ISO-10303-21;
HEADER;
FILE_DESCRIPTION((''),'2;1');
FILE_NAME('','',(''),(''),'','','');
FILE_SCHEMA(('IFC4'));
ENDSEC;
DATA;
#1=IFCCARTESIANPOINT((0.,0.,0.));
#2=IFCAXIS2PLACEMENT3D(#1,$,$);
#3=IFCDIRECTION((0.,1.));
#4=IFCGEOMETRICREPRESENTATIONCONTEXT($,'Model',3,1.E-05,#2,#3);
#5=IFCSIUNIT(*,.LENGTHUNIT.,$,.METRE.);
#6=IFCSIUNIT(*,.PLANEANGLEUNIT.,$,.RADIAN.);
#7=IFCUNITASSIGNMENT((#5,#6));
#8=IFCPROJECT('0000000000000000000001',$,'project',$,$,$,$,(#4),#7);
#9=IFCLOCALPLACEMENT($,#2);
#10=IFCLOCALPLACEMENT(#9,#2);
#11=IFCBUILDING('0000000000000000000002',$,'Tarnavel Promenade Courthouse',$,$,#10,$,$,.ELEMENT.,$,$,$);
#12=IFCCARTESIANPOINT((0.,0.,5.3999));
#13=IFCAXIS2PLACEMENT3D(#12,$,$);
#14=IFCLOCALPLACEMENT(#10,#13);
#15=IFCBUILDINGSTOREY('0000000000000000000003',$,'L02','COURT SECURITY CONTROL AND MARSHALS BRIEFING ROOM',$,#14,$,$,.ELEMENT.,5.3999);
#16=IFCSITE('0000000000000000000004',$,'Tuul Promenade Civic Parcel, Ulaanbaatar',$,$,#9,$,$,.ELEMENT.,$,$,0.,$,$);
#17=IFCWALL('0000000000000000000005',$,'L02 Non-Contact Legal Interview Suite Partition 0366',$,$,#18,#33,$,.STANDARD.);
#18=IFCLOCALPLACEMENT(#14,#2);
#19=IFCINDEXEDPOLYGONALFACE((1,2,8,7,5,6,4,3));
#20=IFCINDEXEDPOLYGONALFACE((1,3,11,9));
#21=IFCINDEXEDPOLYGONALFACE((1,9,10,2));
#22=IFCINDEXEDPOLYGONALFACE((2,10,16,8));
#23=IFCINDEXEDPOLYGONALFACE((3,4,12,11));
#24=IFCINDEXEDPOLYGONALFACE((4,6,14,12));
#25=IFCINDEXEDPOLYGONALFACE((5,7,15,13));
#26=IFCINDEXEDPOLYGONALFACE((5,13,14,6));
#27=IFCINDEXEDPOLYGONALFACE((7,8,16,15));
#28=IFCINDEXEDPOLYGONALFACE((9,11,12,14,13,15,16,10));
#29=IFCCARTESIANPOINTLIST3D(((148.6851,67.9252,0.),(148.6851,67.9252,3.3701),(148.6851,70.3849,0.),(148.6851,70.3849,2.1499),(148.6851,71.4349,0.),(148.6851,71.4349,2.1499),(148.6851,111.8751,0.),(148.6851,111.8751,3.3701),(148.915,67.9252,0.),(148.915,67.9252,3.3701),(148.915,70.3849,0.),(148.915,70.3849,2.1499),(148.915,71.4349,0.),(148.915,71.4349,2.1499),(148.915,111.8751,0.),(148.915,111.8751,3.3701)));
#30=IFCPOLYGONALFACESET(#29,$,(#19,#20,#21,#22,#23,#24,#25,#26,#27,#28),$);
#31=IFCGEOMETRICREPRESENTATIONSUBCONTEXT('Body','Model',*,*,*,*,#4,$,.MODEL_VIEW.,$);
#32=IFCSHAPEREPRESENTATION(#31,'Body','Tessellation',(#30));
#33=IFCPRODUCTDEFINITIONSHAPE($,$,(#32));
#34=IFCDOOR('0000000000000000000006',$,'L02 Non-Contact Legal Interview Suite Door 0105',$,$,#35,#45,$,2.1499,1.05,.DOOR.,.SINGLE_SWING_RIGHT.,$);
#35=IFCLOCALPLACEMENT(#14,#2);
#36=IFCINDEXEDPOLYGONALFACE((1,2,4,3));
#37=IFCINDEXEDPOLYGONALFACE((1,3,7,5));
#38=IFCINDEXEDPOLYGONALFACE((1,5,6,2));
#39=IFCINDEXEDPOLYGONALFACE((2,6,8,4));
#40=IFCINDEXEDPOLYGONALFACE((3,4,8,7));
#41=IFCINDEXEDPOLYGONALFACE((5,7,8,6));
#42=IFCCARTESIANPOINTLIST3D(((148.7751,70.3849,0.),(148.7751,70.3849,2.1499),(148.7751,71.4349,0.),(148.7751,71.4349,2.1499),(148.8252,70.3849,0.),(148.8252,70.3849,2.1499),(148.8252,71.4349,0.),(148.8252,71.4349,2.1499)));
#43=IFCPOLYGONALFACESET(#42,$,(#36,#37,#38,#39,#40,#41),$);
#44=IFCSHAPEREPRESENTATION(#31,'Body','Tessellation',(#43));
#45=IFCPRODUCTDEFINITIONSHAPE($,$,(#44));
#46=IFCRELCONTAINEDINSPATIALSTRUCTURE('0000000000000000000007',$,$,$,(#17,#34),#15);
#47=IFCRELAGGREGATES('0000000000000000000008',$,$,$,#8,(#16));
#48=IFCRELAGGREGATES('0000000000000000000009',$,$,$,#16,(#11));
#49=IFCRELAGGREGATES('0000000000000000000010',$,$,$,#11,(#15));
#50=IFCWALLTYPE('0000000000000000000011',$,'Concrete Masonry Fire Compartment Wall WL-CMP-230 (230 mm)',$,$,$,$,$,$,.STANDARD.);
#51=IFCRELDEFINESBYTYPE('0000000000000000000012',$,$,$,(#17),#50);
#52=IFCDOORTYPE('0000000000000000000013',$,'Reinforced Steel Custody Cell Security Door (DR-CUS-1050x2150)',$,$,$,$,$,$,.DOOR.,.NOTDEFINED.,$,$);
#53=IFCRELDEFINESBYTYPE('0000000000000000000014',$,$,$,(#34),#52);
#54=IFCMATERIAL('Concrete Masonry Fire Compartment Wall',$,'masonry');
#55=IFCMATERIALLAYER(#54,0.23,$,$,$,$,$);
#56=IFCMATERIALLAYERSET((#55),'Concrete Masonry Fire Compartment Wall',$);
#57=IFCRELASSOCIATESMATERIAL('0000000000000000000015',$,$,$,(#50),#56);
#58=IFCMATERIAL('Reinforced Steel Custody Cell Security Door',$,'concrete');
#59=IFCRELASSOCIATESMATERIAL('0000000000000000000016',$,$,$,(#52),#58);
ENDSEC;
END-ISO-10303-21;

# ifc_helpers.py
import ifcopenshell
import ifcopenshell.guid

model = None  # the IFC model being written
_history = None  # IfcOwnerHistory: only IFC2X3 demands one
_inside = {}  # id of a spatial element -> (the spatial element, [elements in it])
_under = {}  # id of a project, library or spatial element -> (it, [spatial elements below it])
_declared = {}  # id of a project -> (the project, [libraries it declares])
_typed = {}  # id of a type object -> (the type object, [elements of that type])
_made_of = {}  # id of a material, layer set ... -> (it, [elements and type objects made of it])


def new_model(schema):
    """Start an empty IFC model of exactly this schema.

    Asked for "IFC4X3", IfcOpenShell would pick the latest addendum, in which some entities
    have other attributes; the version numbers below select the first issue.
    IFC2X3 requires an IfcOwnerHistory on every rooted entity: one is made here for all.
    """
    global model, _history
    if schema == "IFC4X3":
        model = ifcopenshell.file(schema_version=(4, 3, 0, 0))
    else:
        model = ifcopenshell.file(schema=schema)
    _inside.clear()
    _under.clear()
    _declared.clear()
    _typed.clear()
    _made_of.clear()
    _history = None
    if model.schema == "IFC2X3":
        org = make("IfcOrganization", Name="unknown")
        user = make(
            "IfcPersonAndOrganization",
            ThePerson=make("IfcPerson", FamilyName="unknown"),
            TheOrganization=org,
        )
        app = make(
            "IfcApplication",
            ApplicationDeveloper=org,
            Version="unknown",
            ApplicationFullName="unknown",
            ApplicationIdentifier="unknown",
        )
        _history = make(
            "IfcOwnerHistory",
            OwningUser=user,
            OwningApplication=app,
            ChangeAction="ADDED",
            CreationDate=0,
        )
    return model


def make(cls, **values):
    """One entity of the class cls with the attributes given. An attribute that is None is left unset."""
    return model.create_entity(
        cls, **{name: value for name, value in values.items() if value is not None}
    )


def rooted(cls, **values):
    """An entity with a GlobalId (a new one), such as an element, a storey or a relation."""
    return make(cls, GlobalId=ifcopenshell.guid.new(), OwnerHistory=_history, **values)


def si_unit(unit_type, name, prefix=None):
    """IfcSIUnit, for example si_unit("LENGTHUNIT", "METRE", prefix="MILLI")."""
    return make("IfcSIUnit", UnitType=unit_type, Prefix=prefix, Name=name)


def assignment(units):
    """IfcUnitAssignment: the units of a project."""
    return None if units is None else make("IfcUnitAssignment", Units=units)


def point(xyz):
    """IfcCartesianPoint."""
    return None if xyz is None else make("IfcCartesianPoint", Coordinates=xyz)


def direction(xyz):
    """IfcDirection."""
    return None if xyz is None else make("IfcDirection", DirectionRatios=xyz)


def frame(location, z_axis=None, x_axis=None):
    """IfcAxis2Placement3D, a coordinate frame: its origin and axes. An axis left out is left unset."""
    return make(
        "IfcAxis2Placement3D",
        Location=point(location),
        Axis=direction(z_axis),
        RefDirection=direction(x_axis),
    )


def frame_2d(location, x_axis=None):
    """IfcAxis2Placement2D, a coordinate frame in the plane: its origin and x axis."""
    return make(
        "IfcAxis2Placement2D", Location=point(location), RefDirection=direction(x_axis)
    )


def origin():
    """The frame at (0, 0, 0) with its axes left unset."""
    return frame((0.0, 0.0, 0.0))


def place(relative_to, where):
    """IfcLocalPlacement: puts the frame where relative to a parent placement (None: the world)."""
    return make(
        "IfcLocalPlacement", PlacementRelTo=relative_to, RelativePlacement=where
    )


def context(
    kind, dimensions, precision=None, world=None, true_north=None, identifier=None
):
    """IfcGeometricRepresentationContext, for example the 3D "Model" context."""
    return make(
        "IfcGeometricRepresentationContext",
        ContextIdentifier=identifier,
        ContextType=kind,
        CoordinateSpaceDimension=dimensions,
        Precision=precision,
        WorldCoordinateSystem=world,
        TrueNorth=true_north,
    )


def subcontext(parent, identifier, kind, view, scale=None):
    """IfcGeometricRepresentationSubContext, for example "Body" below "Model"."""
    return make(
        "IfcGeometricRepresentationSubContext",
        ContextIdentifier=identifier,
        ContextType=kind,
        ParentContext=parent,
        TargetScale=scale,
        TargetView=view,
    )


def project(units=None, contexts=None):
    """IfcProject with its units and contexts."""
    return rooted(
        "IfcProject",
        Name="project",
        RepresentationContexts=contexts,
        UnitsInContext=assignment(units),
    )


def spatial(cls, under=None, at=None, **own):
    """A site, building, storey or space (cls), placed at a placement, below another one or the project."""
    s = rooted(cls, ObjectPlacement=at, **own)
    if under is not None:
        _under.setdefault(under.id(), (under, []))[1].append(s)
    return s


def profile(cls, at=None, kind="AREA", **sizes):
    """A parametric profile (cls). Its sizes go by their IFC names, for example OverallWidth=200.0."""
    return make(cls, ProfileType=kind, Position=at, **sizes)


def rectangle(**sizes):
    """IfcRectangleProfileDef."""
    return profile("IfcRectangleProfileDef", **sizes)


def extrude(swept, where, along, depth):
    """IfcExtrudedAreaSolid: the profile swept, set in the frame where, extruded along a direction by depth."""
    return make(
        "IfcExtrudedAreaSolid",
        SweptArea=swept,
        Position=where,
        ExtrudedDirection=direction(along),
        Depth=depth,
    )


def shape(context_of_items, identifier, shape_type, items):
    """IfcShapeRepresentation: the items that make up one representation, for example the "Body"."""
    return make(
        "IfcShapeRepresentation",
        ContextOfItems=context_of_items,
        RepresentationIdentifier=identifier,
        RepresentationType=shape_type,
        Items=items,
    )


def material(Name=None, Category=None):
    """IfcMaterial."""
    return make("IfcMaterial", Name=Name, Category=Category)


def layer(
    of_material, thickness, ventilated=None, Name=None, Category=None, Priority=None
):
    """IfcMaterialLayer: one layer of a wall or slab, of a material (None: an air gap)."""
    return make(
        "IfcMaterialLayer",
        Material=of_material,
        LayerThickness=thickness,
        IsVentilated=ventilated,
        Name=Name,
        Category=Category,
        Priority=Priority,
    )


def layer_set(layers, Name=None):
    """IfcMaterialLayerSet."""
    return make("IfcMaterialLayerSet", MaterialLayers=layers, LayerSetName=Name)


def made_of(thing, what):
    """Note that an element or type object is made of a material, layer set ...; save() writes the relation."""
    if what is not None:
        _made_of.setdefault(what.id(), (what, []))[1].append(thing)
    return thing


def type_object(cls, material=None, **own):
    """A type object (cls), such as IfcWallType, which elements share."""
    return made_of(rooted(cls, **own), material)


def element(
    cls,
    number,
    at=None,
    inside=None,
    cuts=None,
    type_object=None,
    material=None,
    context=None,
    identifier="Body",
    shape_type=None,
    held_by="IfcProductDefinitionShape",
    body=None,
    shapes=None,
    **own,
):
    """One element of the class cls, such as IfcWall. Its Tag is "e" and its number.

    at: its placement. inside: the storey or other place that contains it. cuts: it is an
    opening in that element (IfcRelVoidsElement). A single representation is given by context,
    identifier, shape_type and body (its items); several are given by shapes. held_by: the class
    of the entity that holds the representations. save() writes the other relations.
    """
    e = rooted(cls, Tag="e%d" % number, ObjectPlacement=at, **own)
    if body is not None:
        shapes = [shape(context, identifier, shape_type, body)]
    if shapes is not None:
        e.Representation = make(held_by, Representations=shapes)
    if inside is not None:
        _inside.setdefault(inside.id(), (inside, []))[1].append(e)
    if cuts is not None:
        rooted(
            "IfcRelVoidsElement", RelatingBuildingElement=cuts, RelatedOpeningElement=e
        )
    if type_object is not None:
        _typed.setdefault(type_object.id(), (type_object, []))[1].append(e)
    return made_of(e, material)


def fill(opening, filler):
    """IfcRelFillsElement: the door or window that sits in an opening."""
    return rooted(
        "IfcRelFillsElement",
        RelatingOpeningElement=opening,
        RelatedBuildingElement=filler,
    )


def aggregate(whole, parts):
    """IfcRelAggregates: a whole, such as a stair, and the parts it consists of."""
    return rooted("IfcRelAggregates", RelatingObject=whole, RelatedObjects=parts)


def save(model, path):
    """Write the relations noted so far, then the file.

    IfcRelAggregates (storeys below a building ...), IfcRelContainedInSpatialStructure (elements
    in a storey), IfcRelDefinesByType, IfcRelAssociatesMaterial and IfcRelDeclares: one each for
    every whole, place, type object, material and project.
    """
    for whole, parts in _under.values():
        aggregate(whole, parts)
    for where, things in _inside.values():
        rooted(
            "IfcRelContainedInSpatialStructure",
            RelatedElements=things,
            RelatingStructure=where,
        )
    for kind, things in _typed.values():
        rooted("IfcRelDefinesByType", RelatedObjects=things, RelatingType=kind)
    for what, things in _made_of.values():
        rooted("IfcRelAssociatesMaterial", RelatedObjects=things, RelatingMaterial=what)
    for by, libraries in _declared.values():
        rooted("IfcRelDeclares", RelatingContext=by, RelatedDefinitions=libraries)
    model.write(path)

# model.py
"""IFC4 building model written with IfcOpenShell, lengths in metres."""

from ifc_helpers import new_model, si_unit, direction, frame, frame_2d, origin, place, context, subcontext, project, spatial, rectangle, extrude, material, layer, layer_set, type_object, element, fill, save


model = new_model("IFC4")

# Units and contexts
model_context = context("Model", 3, precision=1e-05, world=origin(), true_north=direction((0.0, 1.0)))
body_context = subcontext(model_context, "Body", "Model", "MODEL_VIEW")
ifc_project = project(units=[si_unit("LENGTHUNIT", "METRE"), si_unit("PLANEANGLEUNIT", "RADIAN")], contexts=[model_context])

# Site, building, storey
site_placement = place(None, origin())
site = spatial("IfcSite", under=ifc_project, at=site_placement, Name="Tuul Promenade Civic Parcel, Ulaanbaatar", CompositionType="ELEMENT", RefElevation=0.0)
building_placement = place(site_placement, origin())
building = spatial("IfcBuilding", under=site, at=building_placement, Name="Tarnavel Promenade Courthouse", CompositionType="ELEMENT")
storey_placement = place(building_placement, frame((0.0, 0.0, 5.3999)))
storey = spatial("IfcBuildingStorey", under=building, at=storey_placement, Name="L02", Description="COURT SECURITY CONTROL AND MARSHALS BRIEFING ROOM", CompositionType="ELEMENT", Elevation=5.3999)

# Wall, opening, door
ifc_material_1 = material(Name="Concrete Masonry Fire Compartment Wall", Category="masonry")
ifc_layer_1 = layer(ifc_material_1, 0.23)
ifc_layer_set_1 = layer_set([ifc_layer_1], Name="Concrete Masonry Fire Compartment Wall")
wall_type = type_object("IfcWallType", Name="Concrete Masonry Fire Compartment Wall WL-CMP-230 (230 mm)", PredefinedType="STANDARD", material=ifc_layer_set_1)
wall_placement = place(storey_placement, frame((148.8, 67.925, 0.0), z_axis=(0.0, 0.0, 1.0), x_axis=(0.0, 1.0, 0.0)))
wall = element("IfcWall", 1, at=wall_placement, inside=storey, type_object=wall_type, Name="L02 Non-Contact Legal Interview Suite Partition 0366", PredefinedType="STANDARD", context=body_context, shape_type="SweptSolid", body=[
    extrude(rectangle(XDim=43.95, YDim=0.23, at=frame_2d((21.9751, 0.0))), origin(), (0.0, 0.0, 1.0), 3.3701),
])
opening_placement = place(wall_placement, frame((2.46, 0.0, 0.0)))
opening = element("IfcOpeningElement", 2, at=opening_placement, cuts=wall, PredefinedType="OPENING", context=body_context, shape_type="SweptSolid", body=[
    extrude(rectangle(XDim=1.05, YDim=2.1499, at=frame_2d((0.5249, 1.075))), frame((0.0, 0.125, 0.0), z_axis=(0.0, -1.0, 0.0), x_axis=(1.0, 0.0, 0.0)), (0.0, 0.0, 1.0), 0.25),
])
ifc_material_2 = material(Name="Reinforced Steel Custody Cell Security Door", Category="concrete")
door_type = type_object("IfcDoorType", Name="Reinforced Steel Custody Cell Security Door (DR-CUS-1050x2150)", OperationType="NOTDEFINED", PredefinedType="DOOR", material=ifc_material_2)
door_placement = place(opening_placement, origin())
door = element("IfcDoor", 3, at=door_placement, inside=storey, type_object=door_type, Name="L02 Non-Contact Legal Interview Suite Door 0105", OperationType="SINGLE_SWING_RIGHT", OverallHeight=2.1499, OverallWidth=1.05, PredefinedType="DOOR", context=body_context, shape_type="SweptSolid", body=[
    extrude(rectangle(XDim=1.05, YDim=2.1499, at=frame_2d((0.5249, 1.075))), frame((0.0, 0.0249, 0.0), z_axis=(0.0, -1.0, 0.0), x_axis=(1.0, 0.0, 0.0)), (0.0, 0.0, 1.0), 0.05),
])
fill(opening, door)

save(model, "model.ifc")
